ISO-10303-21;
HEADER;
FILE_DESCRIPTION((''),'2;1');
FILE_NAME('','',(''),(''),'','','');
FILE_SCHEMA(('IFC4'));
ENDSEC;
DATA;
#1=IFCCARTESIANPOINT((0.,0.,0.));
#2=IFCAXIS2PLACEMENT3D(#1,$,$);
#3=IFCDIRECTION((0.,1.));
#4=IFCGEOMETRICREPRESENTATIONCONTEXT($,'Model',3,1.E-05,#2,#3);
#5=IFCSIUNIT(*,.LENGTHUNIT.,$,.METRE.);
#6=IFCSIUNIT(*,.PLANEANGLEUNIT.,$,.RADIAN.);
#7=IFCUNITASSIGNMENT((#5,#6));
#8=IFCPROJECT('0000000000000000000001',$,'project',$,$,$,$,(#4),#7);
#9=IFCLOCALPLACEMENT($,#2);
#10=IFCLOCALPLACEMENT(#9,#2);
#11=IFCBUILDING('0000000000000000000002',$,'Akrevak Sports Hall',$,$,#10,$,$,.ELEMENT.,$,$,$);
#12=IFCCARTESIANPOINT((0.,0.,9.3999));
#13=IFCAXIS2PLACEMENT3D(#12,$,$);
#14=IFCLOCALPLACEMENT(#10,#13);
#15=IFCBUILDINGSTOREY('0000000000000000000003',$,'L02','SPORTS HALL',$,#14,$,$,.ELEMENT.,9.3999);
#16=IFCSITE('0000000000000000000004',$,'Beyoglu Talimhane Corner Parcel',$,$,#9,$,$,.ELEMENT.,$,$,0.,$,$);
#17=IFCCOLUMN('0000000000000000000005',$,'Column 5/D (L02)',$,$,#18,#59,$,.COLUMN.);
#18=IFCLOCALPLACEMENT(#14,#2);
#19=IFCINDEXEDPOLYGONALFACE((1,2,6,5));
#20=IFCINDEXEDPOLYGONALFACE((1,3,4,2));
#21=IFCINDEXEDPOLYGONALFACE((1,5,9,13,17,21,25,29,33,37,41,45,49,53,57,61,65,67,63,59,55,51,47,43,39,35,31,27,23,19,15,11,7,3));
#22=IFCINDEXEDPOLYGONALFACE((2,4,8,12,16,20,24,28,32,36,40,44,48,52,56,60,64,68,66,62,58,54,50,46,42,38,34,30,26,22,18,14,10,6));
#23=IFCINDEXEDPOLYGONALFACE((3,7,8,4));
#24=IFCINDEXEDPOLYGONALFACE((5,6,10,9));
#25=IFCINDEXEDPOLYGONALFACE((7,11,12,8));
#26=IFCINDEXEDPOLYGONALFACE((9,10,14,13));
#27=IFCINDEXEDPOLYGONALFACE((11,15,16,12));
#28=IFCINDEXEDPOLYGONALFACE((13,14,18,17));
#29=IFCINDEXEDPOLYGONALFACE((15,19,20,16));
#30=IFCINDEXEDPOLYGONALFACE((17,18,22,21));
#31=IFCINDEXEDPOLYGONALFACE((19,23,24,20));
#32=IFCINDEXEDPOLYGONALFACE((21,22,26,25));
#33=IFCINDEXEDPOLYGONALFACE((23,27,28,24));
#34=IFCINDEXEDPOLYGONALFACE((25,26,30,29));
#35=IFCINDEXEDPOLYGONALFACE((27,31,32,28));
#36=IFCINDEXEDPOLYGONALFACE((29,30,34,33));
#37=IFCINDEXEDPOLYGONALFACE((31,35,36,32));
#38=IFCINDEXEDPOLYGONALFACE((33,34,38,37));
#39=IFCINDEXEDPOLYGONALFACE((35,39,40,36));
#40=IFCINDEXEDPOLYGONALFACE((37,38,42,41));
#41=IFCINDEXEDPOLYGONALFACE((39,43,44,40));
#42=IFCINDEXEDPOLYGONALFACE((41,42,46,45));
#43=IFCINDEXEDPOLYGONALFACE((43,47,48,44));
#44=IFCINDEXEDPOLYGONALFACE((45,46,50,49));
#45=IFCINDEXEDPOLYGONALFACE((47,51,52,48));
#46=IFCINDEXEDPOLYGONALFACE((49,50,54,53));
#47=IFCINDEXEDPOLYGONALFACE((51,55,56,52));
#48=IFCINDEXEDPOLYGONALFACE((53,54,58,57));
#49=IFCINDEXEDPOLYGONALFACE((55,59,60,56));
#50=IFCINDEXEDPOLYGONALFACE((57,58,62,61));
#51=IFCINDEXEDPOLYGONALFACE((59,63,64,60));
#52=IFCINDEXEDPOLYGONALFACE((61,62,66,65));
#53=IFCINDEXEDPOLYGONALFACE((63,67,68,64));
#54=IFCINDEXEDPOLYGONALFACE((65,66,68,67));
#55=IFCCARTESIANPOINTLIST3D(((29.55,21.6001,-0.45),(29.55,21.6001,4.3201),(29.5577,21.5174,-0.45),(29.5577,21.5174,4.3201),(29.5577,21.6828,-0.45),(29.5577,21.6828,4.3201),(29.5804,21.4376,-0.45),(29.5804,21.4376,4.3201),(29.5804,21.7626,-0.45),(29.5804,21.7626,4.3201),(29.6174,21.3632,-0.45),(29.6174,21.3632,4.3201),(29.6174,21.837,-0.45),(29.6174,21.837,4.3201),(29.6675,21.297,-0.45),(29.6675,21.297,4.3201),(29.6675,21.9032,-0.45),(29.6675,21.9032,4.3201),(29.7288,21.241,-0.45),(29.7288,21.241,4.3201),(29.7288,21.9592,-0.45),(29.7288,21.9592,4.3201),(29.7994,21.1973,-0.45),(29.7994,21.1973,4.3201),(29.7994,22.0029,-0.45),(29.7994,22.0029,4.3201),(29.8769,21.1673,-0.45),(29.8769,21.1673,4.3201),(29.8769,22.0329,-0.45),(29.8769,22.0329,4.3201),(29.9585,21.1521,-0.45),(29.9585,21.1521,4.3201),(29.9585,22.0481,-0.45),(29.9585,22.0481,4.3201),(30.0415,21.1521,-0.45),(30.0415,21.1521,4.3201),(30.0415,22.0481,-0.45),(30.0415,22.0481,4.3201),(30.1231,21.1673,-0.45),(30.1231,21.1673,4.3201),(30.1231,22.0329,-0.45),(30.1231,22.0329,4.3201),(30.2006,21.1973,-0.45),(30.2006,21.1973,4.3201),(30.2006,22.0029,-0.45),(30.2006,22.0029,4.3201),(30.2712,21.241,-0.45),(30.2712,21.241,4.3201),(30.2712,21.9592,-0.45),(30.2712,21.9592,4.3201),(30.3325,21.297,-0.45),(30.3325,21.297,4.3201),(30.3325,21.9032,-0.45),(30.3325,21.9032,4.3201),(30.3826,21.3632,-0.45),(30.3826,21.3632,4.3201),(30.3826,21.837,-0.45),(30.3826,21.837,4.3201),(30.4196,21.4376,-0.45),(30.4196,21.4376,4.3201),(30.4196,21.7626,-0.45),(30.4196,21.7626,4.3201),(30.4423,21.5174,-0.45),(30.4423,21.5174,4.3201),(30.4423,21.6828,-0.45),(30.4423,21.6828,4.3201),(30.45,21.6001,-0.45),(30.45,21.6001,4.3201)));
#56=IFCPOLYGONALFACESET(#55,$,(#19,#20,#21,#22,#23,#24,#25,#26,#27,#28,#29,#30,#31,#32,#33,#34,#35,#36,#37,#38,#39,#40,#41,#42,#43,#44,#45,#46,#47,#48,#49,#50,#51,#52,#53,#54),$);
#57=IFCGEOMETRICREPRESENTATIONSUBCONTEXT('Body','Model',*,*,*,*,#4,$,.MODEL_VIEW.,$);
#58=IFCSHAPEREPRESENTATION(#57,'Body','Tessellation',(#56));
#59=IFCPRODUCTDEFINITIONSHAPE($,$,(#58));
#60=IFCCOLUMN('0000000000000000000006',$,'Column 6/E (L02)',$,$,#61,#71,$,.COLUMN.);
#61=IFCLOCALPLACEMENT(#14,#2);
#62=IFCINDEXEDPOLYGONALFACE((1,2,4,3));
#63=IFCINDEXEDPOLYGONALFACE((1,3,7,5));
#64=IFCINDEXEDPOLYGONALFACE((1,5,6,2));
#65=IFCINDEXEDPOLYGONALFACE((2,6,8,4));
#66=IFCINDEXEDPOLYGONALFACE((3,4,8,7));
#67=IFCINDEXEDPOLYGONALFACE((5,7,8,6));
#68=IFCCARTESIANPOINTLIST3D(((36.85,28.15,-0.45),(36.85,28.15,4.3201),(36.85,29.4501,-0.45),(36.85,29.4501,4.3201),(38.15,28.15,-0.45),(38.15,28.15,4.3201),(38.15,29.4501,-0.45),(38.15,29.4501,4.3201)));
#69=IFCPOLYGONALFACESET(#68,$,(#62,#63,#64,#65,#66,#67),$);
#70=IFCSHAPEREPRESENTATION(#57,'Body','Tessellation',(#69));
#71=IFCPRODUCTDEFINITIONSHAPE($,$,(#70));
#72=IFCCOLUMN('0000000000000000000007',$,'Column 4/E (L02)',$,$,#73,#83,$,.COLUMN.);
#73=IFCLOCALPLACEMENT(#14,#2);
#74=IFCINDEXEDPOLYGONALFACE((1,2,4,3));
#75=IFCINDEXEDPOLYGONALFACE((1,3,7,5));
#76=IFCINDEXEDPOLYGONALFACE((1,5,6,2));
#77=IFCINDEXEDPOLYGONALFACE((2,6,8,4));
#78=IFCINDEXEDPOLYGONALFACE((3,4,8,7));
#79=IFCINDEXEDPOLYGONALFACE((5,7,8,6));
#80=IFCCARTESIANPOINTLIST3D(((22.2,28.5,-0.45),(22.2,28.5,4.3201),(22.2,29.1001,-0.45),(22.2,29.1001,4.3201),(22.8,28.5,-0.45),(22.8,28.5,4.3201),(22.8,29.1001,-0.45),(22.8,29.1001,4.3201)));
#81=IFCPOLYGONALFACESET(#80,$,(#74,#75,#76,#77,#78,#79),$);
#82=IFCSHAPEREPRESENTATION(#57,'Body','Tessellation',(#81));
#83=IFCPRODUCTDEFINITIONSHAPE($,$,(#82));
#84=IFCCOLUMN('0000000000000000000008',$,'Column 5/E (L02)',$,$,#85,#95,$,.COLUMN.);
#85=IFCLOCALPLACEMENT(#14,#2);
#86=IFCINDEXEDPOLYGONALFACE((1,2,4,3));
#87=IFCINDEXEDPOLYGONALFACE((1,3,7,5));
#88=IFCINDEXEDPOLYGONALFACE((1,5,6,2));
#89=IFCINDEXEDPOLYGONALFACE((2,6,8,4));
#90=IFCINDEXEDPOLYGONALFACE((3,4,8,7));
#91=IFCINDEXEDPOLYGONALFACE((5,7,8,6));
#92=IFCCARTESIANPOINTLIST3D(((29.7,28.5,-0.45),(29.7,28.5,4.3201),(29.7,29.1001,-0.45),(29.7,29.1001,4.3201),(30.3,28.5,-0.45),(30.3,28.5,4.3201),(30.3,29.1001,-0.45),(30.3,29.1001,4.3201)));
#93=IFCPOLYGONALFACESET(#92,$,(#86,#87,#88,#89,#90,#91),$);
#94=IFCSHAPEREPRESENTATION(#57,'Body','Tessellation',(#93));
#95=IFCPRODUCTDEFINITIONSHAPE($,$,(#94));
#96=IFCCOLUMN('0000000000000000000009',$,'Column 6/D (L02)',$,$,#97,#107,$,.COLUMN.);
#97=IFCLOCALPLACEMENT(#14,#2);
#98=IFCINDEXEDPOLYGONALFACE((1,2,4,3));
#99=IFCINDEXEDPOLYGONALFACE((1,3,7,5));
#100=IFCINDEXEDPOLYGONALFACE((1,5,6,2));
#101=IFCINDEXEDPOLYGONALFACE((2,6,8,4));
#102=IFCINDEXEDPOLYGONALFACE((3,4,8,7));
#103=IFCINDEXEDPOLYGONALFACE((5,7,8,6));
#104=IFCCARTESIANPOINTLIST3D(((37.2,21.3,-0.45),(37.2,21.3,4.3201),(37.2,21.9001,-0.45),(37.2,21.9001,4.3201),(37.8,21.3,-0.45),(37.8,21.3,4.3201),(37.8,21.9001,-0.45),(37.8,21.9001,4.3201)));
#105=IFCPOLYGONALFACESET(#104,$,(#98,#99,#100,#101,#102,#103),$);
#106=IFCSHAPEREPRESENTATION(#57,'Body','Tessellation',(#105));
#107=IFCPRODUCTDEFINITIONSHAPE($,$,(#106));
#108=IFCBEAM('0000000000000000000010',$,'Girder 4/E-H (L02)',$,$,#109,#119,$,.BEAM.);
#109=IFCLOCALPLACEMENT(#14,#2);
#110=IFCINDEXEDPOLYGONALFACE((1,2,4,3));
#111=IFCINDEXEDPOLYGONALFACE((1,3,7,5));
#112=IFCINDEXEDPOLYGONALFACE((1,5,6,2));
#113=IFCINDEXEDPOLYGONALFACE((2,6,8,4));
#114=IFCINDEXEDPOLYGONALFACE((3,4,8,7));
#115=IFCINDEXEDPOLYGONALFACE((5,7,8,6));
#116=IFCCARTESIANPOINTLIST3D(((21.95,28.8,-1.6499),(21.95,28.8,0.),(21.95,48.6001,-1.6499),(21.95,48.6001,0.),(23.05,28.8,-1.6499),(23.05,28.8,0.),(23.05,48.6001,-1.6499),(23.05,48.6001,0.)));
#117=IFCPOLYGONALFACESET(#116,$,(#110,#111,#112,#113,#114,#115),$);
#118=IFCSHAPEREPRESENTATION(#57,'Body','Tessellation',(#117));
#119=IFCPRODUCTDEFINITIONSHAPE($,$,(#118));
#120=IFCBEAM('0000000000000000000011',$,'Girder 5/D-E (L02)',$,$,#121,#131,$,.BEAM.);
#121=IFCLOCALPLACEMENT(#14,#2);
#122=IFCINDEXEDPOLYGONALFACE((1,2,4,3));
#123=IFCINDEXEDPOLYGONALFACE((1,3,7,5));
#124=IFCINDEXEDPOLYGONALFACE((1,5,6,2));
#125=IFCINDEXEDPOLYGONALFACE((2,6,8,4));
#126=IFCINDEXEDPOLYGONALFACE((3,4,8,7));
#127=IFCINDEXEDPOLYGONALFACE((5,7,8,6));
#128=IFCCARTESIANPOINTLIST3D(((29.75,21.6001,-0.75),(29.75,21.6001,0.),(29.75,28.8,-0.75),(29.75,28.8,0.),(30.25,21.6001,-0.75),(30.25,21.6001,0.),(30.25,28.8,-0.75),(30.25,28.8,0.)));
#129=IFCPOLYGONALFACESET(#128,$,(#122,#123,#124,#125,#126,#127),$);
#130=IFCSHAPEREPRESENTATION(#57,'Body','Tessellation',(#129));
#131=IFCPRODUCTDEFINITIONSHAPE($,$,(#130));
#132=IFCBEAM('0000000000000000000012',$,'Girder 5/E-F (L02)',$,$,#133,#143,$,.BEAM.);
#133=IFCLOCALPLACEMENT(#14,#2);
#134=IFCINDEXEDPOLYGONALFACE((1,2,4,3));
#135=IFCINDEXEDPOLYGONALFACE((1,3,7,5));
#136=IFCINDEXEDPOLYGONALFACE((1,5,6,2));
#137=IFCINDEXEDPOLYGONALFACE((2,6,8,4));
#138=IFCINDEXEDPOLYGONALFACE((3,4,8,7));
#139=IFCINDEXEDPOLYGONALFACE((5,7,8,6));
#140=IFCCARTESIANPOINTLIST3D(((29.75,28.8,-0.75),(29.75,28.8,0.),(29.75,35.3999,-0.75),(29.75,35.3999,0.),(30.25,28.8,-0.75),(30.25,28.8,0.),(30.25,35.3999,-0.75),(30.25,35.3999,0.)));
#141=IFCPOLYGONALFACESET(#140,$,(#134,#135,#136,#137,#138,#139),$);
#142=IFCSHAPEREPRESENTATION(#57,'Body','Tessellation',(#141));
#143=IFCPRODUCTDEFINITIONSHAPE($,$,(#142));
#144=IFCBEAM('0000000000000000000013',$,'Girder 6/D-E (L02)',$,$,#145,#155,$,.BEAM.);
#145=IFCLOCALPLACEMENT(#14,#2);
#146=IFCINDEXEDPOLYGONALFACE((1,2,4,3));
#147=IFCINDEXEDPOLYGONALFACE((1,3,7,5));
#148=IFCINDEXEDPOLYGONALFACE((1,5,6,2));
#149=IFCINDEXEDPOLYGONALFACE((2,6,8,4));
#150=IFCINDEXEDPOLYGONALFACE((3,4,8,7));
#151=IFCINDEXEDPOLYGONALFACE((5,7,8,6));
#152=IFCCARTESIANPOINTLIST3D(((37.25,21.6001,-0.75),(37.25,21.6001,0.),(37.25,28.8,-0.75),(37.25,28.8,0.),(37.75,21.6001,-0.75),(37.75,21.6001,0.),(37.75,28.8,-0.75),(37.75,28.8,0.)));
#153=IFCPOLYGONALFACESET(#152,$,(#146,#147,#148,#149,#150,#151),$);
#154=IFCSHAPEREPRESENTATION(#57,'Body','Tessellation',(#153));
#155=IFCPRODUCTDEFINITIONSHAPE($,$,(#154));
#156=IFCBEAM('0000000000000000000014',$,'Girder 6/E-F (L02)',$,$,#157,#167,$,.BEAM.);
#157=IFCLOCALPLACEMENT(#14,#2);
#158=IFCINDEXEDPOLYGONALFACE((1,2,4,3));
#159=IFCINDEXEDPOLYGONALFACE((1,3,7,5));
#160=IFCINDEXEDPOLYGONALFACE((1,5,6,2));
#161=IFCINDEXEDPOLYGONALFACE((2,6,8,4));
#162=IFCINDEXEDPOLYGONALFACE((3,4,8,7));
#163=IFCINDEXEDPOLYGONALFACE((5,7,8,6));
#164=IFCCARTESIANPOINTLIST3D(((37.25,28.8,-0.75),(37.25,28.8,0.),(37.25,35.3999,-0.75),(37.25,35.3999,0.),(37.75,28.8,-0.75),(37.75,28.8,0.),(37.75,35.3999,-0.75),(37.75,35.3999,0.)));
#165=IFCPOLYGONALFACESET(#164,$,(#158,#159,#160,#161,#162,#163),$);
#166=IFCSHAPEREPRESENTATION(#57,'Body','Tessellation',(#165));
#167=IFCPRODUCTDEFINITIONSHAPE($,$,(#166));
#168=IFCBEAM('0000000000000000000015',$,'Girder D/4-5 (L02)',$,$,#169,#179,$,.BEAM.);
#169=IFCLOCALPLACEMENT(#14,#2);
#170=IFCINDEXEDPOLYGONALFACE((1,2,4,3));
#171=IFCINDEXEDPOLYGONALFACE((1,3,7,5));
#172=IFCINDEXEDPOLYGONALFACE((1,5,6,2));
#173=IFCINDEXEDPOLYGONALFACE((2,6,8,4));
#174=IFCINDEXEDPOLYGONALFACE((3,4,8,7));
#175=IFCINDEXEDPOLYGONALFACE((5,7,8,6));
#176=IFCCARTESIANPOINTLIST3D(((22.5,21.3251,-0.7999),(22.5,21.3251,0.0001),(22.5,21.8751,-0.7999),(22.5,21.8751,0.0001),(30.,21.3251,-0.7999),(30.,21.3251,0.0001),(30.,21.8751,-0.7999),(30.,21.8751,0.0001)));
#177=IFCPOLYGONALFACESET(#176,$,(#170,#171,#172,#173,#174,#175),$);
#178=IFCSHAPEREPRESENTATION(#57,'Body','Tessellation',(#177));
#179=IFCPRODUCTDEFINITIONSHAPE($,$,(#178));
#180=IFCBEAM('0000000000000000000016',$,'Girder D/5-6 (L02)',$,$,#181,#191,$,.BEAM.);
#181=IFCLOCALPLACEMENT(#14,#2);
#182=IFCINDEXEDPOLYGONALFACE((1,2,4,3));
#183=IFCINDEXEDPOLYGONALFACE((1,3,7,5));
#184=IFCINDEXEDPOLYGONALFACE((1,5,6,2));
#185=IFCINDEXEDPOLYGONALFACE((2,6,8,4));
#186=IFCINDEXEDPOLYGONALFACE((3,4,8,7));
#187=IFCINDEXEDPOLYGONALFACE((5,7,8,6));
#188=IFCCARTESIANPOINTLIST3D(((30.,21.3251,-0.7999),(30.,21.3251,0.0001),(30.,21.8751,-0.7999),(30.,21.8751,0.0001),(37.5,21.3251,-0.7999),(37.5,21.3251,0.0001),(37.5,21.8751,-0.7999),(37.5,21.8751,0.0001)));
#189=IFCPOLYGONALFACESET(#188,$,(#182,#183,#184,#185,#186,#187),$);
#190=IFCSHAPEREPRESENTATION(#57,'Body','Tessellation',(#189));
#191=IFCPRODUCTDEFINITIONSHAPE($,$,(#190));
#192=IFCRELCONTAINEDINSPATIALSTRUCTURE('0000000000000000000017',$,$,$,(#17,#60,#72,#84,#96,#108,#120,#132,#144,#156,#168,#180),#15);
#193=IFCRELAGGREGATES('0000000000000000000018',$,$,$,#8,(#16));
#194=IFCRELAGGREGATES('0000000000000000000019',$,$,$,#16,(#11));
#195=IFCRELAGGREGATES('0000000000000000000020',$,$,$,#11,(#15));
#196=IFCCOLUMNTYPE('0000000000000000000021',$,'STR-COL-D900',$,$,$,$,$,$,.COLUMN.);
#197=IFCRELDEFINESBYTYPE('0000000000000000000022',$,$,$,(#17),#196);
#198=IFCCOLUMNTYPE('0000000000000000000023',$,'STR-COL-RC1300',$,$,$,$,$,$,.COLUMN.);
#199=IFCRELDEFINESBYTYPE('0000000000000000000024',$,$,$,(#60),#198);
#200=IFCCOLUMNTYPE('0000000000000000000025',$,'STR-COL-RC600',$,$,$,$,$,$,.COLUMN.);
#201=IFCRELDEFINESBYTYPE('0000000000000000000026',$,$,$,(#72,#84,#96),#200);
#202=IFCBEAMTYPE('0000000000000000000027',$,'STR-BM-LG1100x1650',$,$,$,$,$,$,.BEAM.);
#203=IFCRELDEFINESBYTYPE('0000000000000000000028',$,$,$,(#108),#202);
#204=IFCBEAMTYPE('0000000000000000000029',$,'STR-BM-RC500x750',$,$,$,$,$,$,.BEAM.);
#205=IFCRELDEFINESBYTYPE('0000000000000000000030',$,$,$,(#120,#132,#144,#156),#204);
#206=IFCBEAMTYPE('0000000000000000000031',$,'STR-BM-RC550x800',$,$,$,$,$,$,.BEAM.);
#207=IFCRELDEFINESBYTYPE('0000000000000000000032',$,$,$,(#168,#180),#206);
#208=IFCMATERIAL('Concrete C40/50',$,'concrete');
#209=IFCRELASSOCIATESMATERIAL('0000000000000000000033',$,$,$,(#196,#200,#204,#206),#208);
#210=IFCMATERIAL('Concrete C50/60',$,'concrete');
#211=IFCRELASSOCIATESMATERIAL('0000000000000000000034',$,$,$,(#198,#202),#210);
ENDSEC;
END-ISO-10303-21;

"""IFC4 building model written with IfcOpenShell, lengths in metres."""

from ifc_helpers import new_model, si_unit, direction, frame, origin, origin_2d, place, context, subcontext, project, spatial, rectangle, circle, extrude, material, material_profile, profile_set, type_object, element, save


model = new_model("IFC4")

# Units and contexts
model_context = context("Model", 3, precision=1e-05, world=origin(), true_north=direction((0.0, 1.0)))
body_context = subcontext(model_context, "Body", "Model", "MODEL_VIEW")
ifc_project = project(units=[si_unit("LENGTHUNIT", "METRE"), si_unit("PLANEANGLEUNIT", "RADIAN")], contexts=[model_context])

# Site, building, storey
site_placement = place(None, origin())
site = spatial("IfcSite", under=ifc_project, at=site_placement, Name="Beyoglu Talimhane Corner Parcel", CompositionType="ELEMENT", RefElevation=0.0)
building_placement = place(site_placement, origin())
building = spatial("IfcBuilding", under=site, at=building_placement, Name="Akrevak Sports Hall", CompositionType="ELEMENT")
storey_placement = place(building_placement, frame((0.0, 0.0, 9.3999)))
storey = spatial("IfcBuildingStorey", under=building, at=storey_placement, Name="L02", Description="SPORTS HALL", CompositionType="ELEMENT", Elevation=9.3999)

# Columns
ifc_material_1 = material(Name="Concrete C40/50", Category="concrete")
ifc_material_profile_1 = material_profile(ifc_material_1, circle(Radius=0.45, at=origin_2d()), Name="COL D900", Category="concrete")
ifc_profile_set_1 = profile_set([ifc_material_profile_1], Name="Concrete C40/50")
column_type_1 = type_object("IfcColumnType", Name="STR-COL-D900", PredefinedType="COLUMN", material=ifc_profile_set_1)
column_1_placement = place(storey_placement, frame((30.0, 21.6001, -0.45), z_axis=(0.0, 0.0, 1.0), x_axis=(1.0, 0.0, 0.0)))
element("IfcColumn", 1, at=column_1_placement, inside=storey, type_object=column_type_1, Name="Column 5/D (L02)", PredefinedType="COLUMN", context=body_context, shape_type="SweptSolid", body=[
    extrude(circle(Radius=0.45, at=origin_2d()), origin(), (0.0, 0.0, 1.0), 4.77),
])
ifc_material_2 = material(Name="Concrete C50/60", Category="concrete")
ifc_material_profile_2 = material_profile(ifc_material_2, rectangle(XDim=1.3, YDim=1.3, at=origin_2d()), Name="RC 1300x1300", Category="concrete")
ifc_profile_set_2 = profile_set([ifc_material_profile_2], Name="Concrete C50/60")
column_type_2 = type_object("IfcColumnType", Name="STR-COL-RC1300", PredefinedType="COLUMN", material=ifc_profile_set_2)
column_2_placement = place(storey_placement, frame((37.5, 28.8, -0.45), z_axis=(0.0, 0.0, 1.0), x_axis=(1.0, 0.0, 0.0)))
element("IfcColumn", 2, at=column_2_placement, inside=storey, type_object=column_type_2, Name="Column 6/E (L02)", PredefinedType="COLUMN", context=body_context, shape_type="SweptSolid", body=[
    extrude(rectangle(XDim=1.3, YDim=1.3, at=origin_2d()), origin(), (0.0, 0.0, 1.0), 4.77),
])
ifc_material_profile_3 = material_profile(ifc_material_1, rectangle(XDim=0.6001, YDim=0.6001, at=origin_2d()), Name="RC 600x600", Category="concrete")
ifc_profile_set_3 = profile_set([ifc_material_profile_3], Name="Concrete C40/50")
column_type_3 = type_object("IfcColumnType", Name="STR-COL-RC600", PredefinedType="COLUMN", material=ifc_profile_set_3)
for number, where, z_axis, x_axis, name in (
    (3, (22.5, 28.8, -0.45), (0.0, 0.0, 1.0), (1.0, 0.0, 0.0), "Column 4/E (L02)"),
    (4, (30.0, 28.8, -0.45), (0.0, 0.0, 1.0), (1.0, 0.0, 0.0), "Column 5/E (L02)"),
    (5, (37.5, 21.6001, -0.45), (0.0, 0.0, 1.0), (1.0, 0.0, 0.0), "Column 6/D (L02)"),
):
    element("IfcColumn", number, at=place(storey_placement, frame(where, z_axis=z_axis, x_axis=x_axis)), inside=storey, type_object=column_type_3, Name=name, PredefinedType="COLUMN", context=body_context, shape_type="SweptSolid", body=[
        extrude(rectangle(XDim=0.6001, YDim=0.6001, at=origin_2d()), origin(), (0.0, 0.0, 1.0), 4.77),
    ])

# Beams
ifc_material_profile_4 = material_profile(ifc_material_2, rectangle(XDim=1.1001, YDim=1.6499, at=origin_2d()), Name="BM 1100x1650", Category="concrete")
ifc_profile_set_4 = profile_set([ifc_material_profile_4], Name="Concrete C50/60")
beam_type_1 = type_object("IfcBeamType", Name="STR-BM-LG1100x1650", PredefinedType="BEAM", material=ifc_profile_set_4)
beam_1_placement = place(storey_placement, frame((22.5, 28.8, -0.825), z_axis=(0.0, 1.0, 0.0), x_axis=(-1.0, 0.0, 0.0)))
element("IfcBeam", 6, at=beam_1_placement, inside=storey, type_object=beam_type_1, Name="Girder 4/E-H (L02)", PredefinedType="BEAM", context=body_context, shape_type="SweptSolid", body=[
    extrude(rectangle(XDim=1.1001, YDim=1.6499, at=origin_2d()), origin(), (0.0, 0.0, 1.0), 19.8),
])
ifc_material_profile_5 = material_profile(ifc_material_1, rectangle(XDim=0.5, YDim=0.75, at=origin_2d()), Name="BM 500x750", Category="concrete")
ifc_profile_set_5 = profile_set([ifc_material_profile_5], Name="Concrete C40/50")
beam_type_2 = type_object("IfcBeamType", Name="STR-BM-RC500x750", PredefinedType="BEAM", material=ifc_profile_set_5)
beam_2_placement = place(storey_placement, frame((30.0, 21.6001, -0.375), z_axis=(0.0, 1.0, 0.0), x_axis=(-1.0, 0.0, 0.0)))
element("IfcBeam", 7, at=beam_2_placement, inside=storey, type_object=beam_type_2, Name="Girder 5/D-E (L02)", PredefinedType="BEAM", context=body_context, shape_type="SweptSolid", body=[
    extrude(rectangle(XDim=0.5, YDim=0.75, at=origin_2d()), origin(), (0.0, 0.0, 1.0), 7.2),
])
beam_3_placement = place(storey_placement, frame((30.0, 28.8, -0.375), z_axis=(0.0, 1.0, 0.0), x_axis=(-1.0, 0.0, 0.0)))
element("IfcBeam", 8, at=beam_3_placement, inside=storey, type_object=beam_type_2, Name="Girder 5/E-F (L02)", PredefinedType="BEAM", context=body_context, shape_type="SweptSolid", body=[
    extrude(rectangle(XDim=0.5, YDim=0.75, at=origin_2d()), origin(), (0.0, 0.0, 1.0), 6.5999),
])
beam_4_placement = place(storey_placement, frame((37.5, 21.6001, -0.375), z_axis=(0.0, 1.0, 0.0), x_axis=(-1.0, 0.0, 0.0)))
element("IfcBeam", 9, at=beam_4_placement, inside=storey, type_object=beam_type_2, Name="Girder 6/D-E (L02)", PredefinedType="BEAM", context=body_context, shape_type="SweptSolid", body=[
    extrude(rectangle(XDim=0.5, YDim=0.75, at=origin_2d()), origin(), (0.0, 0.0, 1.0), 7.2),
])
beam_5_placement = place(storey_placement, frame((37.5, 28.8, -0.375), z_axis=(0.0, 1.0, 0.0), x_axis=(-1.0, 0.0, 0.0)))
element("IfcBeam", 10, at=beam_5_placement, inside=storey, type_object=beam_type_2, Name="Girder 6/E-F (L02)", PredefinedType="BEAM", context=body_context, shape_type="SweptSolid", body=[
    extrude(rectangle(XDim=0.5, YDim=0.75, at=origin_2d()), origin(), (0.0, 0.0, 1.0), 6.5999),
])
ifc_material_profile_6 = material_profile(ifc_material_1, rectangle(XDim=0.55, YDim=0.8, at=origin_2d()), Name="BM 550x800", Category="concrete")
ifc_profile_set_6 = profile_set([ifc_material_profile_6], Name="Concrete C40/50")
beam_type_3 = type_object("IfcBeamType", Name="STR-BM-RC550x800", PredefinedType="BEAM", material=ifc_profile_set_6)
for number, where, z_axis, x_axis, name in (
    (11, (22.5, 21.6001, -0.3999), (1.0, 0.0, 0.0), (0.0, 1.0, 0.0), "Girder D/4-5 (L02)"),
    (12, (30.0, 21.6001, -0.3999), (1.0, 0.0, 0.0), (0.0, 1.0, 0.0), "Girder D/5-6 (L02)"),
):
    element("IfcBeam", number, at=place(storey_placement, frame(where, z_axis=z_axis, x_axis=x_axis)), inside=storey, type_object=beam_type_3, Name=name, PredefinedType="BEAM", context=body_context, shape_type="SweptSolid", body=[
        extrude(rectangle(XDim=0.55, YDim=0.8, at=origin_2d()), origin(), (0.0, 0.0, 1.0), 7.5),
    ])

save(model, "model.ifc")
